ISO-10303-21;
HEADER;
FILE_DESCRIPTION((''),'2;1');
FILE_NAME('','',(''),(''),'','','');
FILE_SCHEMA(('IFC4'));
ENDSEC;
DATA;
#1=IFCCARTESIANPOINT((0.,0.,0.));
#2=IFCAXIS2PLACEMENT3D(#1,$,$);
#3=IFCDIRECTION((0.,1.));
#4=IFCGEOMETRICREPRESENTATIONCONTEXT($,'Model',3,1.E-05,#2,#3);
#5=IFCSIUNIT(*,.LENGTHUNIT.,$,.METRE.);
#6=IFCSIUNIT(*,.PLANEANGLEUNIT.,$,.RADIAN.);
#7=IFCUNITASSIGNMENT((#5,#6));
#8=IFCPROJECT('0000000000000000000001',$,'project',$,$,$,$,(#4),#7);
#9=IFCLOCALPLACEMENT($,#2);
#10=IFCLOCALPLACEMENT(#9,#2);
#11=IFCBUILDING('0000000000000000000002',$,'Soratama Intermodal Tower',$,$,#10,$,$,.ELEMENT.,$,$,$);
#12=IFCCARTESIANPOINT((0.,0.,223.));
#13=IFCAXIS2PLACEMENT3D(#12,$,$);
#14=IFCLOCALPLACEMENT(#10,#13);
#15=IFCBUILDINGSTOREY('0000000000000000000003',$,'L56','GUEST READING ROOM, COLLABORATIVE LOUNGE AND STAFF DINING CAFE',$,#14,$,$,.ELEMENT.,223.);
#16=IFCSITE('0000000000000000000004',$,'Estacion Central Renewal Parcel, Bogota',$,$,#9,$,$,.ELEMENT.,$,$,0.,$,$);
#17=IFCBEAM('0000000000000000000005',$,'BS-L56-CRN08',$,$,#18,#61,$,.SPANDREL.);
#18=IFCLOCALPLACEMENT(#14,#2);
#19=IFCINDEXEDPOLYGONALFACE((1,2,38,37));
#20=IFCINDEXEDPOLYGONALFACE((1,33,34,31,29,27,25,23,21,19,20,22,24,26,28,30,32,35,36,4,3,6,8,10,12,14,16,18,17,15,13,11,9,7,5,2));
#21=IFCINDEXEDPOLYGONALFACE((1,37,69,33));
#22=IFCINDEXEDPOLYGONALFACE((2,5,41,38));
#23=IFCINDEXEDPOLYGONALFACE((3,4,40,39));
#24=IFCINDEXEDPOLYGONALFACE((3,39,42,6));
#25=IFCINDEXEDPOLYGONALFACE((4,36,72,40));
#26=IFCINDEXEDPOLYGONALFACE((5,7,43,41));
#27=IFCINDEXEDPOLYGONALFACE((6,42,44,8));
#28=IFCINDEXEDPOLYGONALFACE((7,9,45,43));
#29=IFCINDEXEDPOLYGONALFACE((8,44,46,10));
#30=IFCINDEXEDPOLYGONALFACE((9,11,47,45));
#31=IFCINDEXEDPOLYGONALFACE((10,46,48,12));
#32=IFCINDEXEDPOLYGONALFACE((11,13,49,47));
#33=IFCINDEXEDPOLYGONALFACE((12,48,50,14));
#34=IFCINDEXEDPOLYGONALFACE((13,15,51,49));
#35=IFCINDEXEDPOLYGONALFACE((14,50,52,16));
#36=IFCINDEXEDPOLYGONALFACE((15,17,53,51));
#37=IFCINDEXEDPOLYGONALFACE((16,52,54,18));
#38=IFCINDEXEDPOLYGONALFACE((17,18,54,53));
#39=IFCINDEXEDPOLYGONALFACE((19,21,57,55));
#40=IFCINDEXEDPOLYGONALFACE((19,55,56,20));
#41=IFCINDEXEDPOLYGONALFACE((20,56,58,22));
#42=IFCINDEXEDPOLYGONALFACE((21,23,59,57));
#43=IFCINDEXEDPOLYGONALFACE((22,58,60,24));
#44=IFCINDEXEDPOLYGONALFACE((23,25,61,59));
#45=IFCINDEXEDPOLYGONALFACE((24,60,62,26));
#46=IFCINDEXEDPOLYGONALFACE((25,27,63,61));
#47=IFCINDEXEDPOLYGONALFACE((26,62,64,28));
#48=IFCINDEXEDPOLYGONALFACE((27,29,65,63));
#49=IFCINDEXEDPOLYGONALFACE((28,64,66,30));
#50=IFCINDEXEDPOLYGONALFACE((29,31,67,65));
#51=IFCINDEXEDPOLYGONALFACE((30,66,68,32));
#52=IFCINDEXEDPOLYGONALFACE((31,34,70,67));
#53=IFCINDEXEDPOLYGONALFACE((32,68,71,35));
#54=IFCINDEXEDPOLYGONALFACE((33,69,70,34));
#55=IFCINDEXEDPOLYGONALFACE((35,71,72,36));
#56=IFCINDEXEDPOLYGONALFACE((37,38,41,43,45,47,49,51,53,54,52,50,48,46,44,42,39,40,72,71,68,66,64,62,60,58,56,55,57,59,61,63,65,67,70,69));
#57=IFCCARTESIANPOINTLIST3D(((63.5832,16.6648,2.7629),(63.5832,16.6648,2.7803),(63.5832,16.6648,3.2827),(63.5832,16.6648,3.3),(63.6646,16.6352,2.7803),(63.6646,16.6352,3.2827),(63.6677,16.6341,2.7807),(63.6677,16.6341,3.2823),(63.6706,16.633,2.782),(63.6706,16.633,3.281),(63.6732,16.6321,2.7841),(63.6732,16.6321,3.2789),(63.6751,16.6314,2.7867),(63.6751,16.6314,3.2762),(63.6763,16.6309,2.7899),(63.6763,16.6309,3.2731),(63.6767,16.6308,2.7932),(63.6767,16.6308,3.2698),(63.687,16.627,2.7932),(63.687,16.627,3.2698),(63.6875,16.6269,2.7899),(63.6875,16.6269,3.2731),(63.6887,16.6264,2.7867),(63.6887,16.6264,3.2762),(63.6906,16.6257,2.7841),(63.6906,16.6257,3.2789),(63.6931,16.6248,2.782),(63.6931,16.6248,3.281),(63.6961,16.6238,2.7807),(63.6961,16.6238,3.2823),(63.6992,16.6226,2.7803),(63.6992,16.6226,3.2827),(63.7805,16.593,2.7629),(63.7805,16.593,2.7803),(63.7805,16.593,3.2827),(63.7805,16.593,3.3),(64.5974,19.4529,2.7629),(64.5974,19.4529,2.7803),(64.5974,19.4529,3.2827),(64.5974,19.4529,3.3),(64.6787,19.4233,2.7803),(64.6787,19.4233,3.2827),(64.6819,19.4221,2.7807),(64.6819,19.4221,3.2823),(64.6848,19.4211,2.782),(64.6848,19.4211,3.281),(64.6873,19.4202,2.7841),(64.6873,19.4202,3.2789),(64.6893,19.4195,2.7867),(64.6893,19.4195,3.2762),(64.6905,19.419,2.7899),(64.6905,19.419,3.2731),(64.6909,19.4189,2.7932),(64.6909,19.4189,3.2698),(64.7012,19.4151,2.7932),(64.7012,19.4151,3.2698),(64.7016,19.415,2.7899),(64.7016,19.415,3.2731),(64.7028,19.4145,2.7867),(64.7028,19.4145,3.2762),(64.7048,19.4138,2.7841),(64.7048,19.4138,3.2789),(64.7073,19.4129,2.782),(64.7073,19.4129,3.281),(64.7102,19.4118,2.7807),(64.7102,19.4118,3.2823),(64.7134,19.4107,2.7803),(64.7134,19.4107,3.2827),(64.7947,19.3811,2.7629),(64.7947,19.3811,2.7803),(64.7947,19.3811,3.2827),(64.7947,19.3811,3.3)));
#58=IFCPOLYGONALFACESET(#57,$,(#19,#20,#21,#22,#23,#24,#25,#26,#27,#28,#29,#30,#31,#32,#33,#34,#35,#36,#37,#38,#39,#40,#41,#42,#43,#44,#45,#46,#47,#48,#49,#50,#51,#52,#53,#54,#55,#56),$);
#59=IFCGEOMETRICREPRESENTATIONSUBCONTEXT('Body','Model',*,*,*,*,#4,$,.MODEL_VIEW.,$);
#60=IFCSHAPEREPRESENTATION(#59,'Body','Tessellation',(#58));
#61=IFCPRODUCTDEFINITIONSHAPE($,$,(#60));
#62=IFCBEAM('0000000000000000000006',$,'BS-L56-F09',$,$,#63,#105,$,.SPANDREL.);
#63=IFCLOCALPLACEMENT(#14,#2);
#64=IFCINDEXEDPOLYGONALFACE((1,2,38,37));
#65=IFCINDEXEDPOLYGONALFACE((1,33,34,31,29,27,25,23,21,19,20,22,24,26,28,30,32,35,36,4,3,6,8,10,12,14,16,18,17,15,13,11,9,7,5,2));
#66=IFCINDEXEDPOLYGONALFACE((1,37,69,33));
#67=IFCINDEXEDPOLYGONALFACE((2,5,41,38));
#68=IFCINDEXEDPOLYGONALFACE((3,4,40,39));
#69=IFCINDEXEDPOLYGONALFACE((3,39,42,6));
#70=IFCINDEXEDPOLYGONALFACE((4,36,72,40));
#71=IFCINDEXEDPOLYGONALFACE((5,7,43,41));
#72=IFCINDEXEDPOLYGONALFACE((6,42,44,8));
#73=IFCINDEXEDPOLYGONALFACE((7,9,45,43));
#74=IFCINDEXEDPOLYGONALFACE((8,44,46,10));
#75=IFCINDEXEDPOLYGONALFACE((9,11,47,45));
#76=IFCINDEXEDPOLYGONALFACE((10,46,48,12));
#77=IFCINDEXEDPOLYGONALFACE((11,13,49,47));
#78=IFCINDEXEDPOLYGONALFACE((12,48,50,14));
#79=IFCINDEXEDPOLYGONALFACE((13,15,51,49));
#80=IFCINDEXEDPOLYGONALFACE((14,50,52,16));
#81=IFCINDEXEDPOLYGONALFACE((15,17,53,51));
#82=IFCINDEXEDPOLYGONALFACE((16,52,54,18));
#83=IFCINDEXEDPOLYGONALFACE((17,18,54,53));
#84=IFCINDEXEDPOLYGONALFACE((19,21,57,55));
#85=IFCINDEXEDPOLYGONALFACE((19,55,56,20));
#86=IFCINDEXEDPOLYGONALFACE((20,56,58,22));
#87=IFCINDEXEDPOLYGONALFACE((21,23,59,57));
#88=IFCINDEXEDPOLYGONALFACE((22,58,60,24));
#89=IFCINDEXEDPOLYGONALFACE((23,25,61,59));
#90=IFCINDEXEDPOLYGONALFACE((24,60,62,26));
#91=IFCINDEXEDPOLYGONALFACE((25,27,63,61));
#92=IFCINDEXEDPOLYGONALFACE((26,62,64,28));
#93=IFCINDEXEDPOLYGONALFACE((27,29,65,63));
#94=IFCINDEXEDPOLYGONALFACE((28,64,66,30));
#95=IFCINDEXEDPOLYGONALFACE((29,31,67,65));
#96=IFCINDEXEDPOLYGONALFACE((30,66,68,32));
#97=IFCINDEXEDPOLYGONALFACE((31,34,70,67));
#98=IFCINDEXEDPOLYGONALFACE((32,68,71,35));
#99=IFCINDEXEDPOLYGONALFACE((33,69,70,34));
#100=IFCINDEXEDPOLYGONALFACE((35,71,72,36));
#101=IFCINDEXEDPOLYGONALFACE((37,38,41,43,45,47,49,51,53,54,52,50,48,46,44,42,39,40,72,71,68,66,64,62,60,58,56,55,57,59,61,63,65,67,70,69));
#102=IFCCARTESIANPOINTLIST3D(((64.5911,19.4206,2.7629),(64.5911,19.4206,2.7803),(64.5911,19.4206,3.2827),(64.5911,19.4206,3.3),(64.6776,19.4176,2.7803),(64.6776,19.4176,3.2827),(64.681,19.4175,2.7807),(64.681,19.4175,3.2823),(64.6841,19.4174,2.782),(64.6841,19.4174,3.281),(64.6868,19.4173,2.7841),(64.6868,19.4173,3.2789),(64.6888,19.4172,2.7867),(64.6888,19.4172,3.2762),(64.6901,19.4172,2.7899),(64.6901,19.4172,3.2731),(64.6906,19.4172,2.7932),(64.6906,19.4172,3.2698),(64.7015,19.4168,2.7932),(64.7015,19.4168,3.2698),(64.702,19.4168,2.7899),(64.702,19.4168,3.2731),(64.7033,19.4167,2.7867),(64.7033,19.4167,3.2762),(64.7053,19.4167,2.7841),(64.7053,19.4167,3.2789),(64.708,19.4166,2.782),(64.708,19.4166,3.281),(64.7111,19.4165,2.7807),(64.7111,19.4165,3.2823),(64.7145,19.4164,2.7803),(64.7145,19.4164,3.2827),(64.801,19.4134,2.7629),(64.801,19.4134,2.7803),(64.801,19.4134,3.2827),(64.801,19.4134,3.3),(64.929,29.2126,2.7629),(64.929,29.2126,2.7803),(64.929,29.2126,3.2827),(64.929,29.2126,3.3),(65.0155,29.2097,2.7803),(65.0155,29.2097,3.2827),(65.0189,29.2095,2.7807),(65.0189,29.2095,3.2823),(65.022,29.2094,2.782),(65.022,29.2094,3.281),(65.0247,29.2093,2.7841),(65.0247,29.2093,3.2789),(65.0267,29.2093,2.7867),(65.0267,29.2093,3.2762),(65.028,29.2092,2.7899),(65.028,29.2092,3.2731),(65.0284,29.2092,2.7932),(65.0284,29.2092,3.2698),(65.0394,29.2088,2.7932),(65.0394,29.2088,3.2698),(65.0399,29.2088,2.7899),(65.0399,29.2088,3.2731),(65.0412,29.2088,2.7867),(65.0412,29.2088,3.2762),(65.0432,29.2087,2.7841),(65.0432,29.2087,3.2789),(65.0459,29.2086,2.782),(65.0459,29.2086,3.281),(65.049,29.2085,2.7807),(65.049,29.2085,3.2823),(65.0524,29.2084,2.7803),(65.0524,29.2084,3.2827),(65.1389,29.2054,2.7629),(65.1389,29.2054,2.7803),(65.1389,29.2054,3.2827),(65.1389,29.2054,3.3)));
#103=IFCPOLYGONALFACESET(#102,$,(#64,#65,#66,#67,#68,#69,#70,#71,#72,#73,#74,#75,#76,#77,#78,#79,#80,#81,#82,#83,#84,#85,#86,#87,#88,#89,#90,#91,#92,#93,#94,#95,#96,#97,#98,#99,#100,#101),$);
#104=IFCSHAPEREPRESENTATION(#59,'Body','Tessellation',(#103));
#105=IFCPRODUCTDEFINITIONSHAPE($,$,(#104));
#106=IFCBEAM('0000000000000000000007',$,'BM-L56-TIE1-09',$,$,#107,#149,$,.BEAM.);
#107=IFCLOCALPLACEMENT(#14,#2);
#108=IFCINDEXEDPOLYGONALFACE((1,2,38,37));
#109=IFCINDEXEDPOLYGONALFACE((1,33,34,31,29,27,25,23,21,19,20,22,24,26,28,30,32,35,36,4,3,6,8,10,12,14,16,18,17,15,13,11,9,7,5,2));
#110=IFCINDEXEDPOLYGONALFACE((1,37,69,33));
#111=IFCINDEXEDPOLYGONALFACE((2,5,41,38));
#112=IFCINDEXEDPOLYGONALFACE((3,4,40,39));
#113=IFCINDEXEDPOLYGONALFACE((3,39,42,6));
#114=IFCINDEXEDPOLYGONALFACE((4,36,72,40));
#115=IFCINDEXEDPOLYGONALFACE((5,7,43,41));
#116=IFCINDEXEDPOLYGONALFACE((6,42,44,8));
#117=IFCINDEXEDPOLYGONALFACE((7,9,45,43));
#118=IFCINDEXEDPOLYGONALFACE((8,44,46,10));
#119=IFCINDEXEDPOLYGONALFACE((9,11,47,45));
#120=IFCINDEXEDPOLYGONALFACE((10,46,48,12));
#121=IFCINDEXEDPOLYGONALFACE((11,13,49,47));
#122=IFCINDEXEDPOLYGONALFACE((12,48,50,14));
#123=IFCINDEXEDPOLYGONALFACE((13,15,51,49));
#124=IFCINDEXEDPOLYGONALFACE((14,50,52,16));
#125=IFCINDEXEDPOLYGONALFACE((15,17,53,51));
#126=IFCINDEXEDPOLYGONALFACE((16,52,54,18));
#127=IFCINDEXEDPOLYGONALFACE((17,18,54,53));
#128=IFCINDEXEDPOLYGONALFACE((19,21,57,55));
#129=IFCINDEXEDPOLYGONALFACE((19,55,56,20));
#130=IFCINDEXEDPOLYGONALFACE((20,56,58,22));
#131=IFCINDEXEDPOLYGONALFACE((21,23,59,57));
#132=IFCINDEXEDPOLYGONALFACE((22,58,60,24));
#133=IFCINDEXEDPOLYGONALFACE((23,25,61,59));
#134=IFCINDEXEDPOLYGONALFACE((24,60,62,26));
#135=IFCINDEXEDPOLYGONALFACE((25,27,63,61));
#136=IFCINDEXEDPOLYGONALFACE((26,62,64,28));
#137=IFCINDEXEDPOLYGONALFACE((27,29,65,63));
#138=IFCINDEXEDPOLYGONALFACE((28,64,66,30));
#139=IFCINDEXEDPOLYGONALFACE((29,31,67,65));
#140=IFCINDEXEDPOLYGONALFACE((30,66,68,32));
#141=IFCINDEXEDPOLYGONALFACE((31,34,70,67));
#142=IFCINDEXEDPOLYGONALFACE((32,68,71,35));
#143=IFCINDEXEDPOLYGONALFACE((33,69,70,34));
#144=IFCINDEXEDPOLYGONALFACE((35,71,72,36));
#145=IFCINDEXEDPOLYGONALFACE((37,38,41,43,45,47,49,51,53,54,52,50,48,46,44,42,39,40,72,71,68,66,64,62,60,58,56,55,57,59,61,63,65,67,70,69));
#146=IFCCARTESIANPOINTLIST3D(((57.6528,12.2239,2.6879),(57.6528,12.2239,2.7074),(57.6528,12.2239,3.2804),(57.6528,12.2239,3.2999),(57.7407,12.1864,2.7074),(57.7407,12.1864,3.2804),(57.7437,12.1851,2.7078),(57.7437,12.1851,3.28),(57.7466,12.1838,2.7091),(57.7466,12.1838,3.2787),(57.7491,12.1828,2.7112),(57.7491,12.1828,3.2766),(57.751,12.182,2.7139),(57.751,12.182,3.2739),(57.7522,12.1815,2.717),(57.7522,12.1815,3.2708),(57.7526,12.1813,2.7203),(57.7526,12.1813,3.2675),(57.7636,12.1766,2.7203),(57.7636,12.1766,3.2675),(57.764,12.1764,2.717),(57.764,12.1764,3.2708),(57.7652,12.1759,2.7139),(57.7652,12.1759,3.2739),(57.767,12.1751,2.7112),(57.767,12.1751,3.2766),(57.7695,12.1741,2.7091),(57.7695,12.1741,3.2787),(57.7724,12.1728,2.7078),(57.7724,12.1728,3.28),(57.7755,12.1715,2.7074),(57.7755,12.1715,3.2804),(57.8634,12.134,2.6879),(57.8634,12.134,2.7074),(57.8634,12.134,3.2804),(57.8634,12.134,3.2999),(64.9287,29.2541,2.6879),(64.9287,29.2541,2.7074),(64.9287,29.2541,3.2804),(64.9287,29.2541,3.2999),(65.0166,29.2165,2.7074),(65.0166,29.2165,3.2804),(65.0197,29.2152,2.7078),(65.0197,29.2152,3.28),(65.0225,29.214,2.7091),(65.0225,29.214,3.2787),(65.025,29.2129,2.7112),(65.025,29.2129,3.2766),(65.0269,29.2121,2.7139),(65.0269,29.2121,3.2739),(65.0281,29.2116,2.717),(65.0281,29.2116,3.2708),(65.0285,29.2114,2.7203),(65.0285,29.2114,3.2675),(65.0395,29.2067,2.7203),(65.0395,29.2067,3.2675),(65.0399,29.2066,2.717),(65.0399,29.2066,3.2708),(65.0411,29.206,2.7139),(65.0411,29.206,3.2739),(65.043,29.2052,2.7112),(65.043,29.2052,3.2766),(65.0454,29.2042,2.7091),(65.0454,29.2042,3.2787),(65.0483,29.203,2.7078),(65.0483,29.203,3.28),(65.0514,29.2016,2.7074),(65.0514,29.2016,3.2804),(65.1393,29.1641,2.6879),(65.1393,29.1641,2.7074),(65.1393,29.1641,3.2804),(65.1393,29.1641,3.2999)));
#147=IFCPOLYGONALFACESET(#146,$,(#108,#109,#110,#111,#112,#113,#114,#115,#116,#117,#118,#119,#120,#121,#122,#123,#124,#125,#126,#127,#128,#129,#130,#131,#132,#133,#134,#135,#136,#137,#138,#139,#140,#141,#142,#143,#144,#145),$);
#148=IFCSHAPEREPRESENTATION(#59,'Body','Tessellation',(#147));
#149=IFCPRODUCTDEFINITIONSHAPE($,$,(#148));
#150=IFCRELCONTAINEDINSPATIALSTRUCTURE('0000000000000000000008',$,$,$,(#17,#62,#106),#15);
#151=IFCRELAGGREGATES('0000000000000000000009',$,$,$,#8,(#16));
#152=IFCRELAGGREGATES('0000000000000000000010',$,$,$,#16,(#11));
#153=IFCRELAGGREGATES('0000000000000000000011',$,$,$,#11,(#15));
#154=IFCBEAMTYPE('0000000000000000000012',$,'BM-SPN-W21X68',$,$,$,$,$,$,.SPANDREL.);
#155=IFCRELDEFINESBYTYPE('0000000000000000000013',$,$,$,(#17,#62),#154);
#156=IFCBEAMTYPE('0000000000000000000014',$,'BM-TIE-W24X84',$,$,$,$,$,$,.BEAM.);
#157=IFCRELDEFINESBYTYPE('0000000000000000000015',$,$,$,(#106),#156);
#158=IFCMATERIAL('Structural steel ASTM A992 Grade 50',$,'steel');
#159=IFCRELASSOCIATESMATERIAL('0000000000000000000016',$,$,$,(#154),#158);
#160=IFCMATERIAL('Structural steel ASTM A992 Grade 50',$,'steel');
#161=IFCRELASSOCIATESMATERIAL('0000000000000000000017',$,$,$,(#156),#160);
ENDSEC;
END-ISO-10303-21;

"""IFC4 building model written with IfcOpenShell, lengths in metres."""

from ifc_helpers import new_model, si_unit, direction, frame, origin, origin_2d, place, context, subcontext, project, spatial, i_section, extrude, material, material_profile, profile_set, type_object, element, save


model = new_model("IFC4")

# Units and contexts
model_context = context("Model", 3, precision=1e-05, world=origin(), true_north=direction((0.0, 1.0)))
body_context = subcontext(model_context, "Body", "Model", "MODEL_VIEW")
ifc_project = project(units=[si_unit("LENGTHUNIT", "METRE"), si_unit("PLANEANGLEUNIT", "RADIAN")], contexts=[model_context])

# Site, building, storey
site_placement = place(None, origin())
site = spatial("IfcSite", under=ifc_project, at=site_placement, Name="Estacion Central Renewal Parcel, Bogota", CompositionType="ELEMENT", RefElevation=0.0)
building_placement = place(site_placement, origin())
building = spatial("IfcBuilding", under=site, at=building_placement, Name="Soratama Intermodal Tower", CompositionType="ELEMENT")
storey_placement = place(building_placement, frame((0.0, 0.0, 223.0)))
storey = spatial("IfcBuildingStorey", under=building, at=storey_placement, Name="L56", Description="GUEST READING ROOM, COLLABORATIVE LOUNGE AND STAFF DINING CAFE", CompositionType="ELEMENT", Elevation=223.0)

# Beams
ifc_material_1 = material(Name="Structural steel ASTM A992 Grade 50", Category="steel")
ifc_material_profile_1 = material_profile(ifc_material_1, i_section(OverallWidth=0.21, OverallDepth=0.5371, WebThickness=0.011, FlangeThickness=0.0173, FilletRadius=0.0129, at=origin_2d()), Name="W21X68")
ifc_profile_set_1 = profile_set([ifc_material_profile_1], Name="Structural steel ASTM A992 Grade 50")
beam_type_1 = type_object("IfcBeamType", Name="BM-SPN-W21X68", PredefinedType="SPANDREL", material=ifc_profile_set_1)
beam_1_placement = place(storey_placement, frame((63.6819, 16.6289, 3.0315), z_axis=(0.341836, 0.93976, 0.0), x_axis=(-0.93976, 0.341836, 0.0)))
element("IfcBeam", 1, at=beam_1_placement, inside=storey, type_object=beam_type_1, Name="BS-L56-CRN08", PredefinedType="SPANDREL", context=body_context, shape_type="SweptSolid", body=[
    extrude(i_section(OverallWidth=0.21, OverallDepth=0.5371, WebThickness=0.011, FlangeThickness=0.0173, FilletRadius=0.0129, at=origin_2d()), origin(), (0.0, 0.0, 1.0), 2.9668),
])
beam_2_placement = place(storey_placement, frame((64.696, 19.417, 3.0315), z_axis=(0.034486, 0.999405, 0.0), x_axis=(-0.999405, 0.034486, 0.0)))
element("IfcBeam", 2, at=beam_2_placement, inside=storey, type_object=beam_type_1, Name="BS-L56-F09", PredefinedType="SPANDREL", context=body_context, shape_type="SweptSolid", body=[
    extrude(i_section(OverallWidth=0.21, OverallDepth=0.5371, WebThickness=0.011, FlangeThickness=0.0173, FilletRadius=0.0129, at=origin_2d()), origin(), (0.0, 0.0, 1.0), 9.7979),
])
ifc_material_2 = material(Name="Structural steel ASTM A992 Grade 50", Category="steel")
ifc_material_profile_2 = material_profile(ifc_material_2, i_section(OverallWidth=0.229, OverallDepth=0.6121, WebThickness=0.012, FlangeThickness=0.0195, FilletRadius=0.0129, at=origin_2d()), Name="W24X84")
ifc_profile_set_2 = profile_set([ifc_material_profile_2], Name="Structural steel ASTM A992 Grade 50")
beam_type_2 = type_object("IfcBeamType", Name="BM-TIE-W24X84", PredefinedType="BEAM", material=ifc_profile_set_2)
beam_3_placement = place(storey_placement, frame((57.7581, 12.179, 2.9939), z_axis=(0.392883, 0.919588, 0.0), x_axis=(-0.919588, 0.392883, 0.0)))
element("IfcBeam", 3, at=beam_3_placement, inside=storey, type_object=beam_type_2, Name="BM-L56-TIE1-09", PredefinedType="BEAM", context=body_context, shape_type="SweptSolid", body=[
    extrude(i_section(OverallWidth=0.229, OverallDepth=0.6121, WebThickness=0.012, FlangeThickness=0.0195, FilletRadius=0.0129, at=origin_2d()), origin(), (0.0, 0.0, 1.0), 18.5193),
])

save(model, "model.ifc")
